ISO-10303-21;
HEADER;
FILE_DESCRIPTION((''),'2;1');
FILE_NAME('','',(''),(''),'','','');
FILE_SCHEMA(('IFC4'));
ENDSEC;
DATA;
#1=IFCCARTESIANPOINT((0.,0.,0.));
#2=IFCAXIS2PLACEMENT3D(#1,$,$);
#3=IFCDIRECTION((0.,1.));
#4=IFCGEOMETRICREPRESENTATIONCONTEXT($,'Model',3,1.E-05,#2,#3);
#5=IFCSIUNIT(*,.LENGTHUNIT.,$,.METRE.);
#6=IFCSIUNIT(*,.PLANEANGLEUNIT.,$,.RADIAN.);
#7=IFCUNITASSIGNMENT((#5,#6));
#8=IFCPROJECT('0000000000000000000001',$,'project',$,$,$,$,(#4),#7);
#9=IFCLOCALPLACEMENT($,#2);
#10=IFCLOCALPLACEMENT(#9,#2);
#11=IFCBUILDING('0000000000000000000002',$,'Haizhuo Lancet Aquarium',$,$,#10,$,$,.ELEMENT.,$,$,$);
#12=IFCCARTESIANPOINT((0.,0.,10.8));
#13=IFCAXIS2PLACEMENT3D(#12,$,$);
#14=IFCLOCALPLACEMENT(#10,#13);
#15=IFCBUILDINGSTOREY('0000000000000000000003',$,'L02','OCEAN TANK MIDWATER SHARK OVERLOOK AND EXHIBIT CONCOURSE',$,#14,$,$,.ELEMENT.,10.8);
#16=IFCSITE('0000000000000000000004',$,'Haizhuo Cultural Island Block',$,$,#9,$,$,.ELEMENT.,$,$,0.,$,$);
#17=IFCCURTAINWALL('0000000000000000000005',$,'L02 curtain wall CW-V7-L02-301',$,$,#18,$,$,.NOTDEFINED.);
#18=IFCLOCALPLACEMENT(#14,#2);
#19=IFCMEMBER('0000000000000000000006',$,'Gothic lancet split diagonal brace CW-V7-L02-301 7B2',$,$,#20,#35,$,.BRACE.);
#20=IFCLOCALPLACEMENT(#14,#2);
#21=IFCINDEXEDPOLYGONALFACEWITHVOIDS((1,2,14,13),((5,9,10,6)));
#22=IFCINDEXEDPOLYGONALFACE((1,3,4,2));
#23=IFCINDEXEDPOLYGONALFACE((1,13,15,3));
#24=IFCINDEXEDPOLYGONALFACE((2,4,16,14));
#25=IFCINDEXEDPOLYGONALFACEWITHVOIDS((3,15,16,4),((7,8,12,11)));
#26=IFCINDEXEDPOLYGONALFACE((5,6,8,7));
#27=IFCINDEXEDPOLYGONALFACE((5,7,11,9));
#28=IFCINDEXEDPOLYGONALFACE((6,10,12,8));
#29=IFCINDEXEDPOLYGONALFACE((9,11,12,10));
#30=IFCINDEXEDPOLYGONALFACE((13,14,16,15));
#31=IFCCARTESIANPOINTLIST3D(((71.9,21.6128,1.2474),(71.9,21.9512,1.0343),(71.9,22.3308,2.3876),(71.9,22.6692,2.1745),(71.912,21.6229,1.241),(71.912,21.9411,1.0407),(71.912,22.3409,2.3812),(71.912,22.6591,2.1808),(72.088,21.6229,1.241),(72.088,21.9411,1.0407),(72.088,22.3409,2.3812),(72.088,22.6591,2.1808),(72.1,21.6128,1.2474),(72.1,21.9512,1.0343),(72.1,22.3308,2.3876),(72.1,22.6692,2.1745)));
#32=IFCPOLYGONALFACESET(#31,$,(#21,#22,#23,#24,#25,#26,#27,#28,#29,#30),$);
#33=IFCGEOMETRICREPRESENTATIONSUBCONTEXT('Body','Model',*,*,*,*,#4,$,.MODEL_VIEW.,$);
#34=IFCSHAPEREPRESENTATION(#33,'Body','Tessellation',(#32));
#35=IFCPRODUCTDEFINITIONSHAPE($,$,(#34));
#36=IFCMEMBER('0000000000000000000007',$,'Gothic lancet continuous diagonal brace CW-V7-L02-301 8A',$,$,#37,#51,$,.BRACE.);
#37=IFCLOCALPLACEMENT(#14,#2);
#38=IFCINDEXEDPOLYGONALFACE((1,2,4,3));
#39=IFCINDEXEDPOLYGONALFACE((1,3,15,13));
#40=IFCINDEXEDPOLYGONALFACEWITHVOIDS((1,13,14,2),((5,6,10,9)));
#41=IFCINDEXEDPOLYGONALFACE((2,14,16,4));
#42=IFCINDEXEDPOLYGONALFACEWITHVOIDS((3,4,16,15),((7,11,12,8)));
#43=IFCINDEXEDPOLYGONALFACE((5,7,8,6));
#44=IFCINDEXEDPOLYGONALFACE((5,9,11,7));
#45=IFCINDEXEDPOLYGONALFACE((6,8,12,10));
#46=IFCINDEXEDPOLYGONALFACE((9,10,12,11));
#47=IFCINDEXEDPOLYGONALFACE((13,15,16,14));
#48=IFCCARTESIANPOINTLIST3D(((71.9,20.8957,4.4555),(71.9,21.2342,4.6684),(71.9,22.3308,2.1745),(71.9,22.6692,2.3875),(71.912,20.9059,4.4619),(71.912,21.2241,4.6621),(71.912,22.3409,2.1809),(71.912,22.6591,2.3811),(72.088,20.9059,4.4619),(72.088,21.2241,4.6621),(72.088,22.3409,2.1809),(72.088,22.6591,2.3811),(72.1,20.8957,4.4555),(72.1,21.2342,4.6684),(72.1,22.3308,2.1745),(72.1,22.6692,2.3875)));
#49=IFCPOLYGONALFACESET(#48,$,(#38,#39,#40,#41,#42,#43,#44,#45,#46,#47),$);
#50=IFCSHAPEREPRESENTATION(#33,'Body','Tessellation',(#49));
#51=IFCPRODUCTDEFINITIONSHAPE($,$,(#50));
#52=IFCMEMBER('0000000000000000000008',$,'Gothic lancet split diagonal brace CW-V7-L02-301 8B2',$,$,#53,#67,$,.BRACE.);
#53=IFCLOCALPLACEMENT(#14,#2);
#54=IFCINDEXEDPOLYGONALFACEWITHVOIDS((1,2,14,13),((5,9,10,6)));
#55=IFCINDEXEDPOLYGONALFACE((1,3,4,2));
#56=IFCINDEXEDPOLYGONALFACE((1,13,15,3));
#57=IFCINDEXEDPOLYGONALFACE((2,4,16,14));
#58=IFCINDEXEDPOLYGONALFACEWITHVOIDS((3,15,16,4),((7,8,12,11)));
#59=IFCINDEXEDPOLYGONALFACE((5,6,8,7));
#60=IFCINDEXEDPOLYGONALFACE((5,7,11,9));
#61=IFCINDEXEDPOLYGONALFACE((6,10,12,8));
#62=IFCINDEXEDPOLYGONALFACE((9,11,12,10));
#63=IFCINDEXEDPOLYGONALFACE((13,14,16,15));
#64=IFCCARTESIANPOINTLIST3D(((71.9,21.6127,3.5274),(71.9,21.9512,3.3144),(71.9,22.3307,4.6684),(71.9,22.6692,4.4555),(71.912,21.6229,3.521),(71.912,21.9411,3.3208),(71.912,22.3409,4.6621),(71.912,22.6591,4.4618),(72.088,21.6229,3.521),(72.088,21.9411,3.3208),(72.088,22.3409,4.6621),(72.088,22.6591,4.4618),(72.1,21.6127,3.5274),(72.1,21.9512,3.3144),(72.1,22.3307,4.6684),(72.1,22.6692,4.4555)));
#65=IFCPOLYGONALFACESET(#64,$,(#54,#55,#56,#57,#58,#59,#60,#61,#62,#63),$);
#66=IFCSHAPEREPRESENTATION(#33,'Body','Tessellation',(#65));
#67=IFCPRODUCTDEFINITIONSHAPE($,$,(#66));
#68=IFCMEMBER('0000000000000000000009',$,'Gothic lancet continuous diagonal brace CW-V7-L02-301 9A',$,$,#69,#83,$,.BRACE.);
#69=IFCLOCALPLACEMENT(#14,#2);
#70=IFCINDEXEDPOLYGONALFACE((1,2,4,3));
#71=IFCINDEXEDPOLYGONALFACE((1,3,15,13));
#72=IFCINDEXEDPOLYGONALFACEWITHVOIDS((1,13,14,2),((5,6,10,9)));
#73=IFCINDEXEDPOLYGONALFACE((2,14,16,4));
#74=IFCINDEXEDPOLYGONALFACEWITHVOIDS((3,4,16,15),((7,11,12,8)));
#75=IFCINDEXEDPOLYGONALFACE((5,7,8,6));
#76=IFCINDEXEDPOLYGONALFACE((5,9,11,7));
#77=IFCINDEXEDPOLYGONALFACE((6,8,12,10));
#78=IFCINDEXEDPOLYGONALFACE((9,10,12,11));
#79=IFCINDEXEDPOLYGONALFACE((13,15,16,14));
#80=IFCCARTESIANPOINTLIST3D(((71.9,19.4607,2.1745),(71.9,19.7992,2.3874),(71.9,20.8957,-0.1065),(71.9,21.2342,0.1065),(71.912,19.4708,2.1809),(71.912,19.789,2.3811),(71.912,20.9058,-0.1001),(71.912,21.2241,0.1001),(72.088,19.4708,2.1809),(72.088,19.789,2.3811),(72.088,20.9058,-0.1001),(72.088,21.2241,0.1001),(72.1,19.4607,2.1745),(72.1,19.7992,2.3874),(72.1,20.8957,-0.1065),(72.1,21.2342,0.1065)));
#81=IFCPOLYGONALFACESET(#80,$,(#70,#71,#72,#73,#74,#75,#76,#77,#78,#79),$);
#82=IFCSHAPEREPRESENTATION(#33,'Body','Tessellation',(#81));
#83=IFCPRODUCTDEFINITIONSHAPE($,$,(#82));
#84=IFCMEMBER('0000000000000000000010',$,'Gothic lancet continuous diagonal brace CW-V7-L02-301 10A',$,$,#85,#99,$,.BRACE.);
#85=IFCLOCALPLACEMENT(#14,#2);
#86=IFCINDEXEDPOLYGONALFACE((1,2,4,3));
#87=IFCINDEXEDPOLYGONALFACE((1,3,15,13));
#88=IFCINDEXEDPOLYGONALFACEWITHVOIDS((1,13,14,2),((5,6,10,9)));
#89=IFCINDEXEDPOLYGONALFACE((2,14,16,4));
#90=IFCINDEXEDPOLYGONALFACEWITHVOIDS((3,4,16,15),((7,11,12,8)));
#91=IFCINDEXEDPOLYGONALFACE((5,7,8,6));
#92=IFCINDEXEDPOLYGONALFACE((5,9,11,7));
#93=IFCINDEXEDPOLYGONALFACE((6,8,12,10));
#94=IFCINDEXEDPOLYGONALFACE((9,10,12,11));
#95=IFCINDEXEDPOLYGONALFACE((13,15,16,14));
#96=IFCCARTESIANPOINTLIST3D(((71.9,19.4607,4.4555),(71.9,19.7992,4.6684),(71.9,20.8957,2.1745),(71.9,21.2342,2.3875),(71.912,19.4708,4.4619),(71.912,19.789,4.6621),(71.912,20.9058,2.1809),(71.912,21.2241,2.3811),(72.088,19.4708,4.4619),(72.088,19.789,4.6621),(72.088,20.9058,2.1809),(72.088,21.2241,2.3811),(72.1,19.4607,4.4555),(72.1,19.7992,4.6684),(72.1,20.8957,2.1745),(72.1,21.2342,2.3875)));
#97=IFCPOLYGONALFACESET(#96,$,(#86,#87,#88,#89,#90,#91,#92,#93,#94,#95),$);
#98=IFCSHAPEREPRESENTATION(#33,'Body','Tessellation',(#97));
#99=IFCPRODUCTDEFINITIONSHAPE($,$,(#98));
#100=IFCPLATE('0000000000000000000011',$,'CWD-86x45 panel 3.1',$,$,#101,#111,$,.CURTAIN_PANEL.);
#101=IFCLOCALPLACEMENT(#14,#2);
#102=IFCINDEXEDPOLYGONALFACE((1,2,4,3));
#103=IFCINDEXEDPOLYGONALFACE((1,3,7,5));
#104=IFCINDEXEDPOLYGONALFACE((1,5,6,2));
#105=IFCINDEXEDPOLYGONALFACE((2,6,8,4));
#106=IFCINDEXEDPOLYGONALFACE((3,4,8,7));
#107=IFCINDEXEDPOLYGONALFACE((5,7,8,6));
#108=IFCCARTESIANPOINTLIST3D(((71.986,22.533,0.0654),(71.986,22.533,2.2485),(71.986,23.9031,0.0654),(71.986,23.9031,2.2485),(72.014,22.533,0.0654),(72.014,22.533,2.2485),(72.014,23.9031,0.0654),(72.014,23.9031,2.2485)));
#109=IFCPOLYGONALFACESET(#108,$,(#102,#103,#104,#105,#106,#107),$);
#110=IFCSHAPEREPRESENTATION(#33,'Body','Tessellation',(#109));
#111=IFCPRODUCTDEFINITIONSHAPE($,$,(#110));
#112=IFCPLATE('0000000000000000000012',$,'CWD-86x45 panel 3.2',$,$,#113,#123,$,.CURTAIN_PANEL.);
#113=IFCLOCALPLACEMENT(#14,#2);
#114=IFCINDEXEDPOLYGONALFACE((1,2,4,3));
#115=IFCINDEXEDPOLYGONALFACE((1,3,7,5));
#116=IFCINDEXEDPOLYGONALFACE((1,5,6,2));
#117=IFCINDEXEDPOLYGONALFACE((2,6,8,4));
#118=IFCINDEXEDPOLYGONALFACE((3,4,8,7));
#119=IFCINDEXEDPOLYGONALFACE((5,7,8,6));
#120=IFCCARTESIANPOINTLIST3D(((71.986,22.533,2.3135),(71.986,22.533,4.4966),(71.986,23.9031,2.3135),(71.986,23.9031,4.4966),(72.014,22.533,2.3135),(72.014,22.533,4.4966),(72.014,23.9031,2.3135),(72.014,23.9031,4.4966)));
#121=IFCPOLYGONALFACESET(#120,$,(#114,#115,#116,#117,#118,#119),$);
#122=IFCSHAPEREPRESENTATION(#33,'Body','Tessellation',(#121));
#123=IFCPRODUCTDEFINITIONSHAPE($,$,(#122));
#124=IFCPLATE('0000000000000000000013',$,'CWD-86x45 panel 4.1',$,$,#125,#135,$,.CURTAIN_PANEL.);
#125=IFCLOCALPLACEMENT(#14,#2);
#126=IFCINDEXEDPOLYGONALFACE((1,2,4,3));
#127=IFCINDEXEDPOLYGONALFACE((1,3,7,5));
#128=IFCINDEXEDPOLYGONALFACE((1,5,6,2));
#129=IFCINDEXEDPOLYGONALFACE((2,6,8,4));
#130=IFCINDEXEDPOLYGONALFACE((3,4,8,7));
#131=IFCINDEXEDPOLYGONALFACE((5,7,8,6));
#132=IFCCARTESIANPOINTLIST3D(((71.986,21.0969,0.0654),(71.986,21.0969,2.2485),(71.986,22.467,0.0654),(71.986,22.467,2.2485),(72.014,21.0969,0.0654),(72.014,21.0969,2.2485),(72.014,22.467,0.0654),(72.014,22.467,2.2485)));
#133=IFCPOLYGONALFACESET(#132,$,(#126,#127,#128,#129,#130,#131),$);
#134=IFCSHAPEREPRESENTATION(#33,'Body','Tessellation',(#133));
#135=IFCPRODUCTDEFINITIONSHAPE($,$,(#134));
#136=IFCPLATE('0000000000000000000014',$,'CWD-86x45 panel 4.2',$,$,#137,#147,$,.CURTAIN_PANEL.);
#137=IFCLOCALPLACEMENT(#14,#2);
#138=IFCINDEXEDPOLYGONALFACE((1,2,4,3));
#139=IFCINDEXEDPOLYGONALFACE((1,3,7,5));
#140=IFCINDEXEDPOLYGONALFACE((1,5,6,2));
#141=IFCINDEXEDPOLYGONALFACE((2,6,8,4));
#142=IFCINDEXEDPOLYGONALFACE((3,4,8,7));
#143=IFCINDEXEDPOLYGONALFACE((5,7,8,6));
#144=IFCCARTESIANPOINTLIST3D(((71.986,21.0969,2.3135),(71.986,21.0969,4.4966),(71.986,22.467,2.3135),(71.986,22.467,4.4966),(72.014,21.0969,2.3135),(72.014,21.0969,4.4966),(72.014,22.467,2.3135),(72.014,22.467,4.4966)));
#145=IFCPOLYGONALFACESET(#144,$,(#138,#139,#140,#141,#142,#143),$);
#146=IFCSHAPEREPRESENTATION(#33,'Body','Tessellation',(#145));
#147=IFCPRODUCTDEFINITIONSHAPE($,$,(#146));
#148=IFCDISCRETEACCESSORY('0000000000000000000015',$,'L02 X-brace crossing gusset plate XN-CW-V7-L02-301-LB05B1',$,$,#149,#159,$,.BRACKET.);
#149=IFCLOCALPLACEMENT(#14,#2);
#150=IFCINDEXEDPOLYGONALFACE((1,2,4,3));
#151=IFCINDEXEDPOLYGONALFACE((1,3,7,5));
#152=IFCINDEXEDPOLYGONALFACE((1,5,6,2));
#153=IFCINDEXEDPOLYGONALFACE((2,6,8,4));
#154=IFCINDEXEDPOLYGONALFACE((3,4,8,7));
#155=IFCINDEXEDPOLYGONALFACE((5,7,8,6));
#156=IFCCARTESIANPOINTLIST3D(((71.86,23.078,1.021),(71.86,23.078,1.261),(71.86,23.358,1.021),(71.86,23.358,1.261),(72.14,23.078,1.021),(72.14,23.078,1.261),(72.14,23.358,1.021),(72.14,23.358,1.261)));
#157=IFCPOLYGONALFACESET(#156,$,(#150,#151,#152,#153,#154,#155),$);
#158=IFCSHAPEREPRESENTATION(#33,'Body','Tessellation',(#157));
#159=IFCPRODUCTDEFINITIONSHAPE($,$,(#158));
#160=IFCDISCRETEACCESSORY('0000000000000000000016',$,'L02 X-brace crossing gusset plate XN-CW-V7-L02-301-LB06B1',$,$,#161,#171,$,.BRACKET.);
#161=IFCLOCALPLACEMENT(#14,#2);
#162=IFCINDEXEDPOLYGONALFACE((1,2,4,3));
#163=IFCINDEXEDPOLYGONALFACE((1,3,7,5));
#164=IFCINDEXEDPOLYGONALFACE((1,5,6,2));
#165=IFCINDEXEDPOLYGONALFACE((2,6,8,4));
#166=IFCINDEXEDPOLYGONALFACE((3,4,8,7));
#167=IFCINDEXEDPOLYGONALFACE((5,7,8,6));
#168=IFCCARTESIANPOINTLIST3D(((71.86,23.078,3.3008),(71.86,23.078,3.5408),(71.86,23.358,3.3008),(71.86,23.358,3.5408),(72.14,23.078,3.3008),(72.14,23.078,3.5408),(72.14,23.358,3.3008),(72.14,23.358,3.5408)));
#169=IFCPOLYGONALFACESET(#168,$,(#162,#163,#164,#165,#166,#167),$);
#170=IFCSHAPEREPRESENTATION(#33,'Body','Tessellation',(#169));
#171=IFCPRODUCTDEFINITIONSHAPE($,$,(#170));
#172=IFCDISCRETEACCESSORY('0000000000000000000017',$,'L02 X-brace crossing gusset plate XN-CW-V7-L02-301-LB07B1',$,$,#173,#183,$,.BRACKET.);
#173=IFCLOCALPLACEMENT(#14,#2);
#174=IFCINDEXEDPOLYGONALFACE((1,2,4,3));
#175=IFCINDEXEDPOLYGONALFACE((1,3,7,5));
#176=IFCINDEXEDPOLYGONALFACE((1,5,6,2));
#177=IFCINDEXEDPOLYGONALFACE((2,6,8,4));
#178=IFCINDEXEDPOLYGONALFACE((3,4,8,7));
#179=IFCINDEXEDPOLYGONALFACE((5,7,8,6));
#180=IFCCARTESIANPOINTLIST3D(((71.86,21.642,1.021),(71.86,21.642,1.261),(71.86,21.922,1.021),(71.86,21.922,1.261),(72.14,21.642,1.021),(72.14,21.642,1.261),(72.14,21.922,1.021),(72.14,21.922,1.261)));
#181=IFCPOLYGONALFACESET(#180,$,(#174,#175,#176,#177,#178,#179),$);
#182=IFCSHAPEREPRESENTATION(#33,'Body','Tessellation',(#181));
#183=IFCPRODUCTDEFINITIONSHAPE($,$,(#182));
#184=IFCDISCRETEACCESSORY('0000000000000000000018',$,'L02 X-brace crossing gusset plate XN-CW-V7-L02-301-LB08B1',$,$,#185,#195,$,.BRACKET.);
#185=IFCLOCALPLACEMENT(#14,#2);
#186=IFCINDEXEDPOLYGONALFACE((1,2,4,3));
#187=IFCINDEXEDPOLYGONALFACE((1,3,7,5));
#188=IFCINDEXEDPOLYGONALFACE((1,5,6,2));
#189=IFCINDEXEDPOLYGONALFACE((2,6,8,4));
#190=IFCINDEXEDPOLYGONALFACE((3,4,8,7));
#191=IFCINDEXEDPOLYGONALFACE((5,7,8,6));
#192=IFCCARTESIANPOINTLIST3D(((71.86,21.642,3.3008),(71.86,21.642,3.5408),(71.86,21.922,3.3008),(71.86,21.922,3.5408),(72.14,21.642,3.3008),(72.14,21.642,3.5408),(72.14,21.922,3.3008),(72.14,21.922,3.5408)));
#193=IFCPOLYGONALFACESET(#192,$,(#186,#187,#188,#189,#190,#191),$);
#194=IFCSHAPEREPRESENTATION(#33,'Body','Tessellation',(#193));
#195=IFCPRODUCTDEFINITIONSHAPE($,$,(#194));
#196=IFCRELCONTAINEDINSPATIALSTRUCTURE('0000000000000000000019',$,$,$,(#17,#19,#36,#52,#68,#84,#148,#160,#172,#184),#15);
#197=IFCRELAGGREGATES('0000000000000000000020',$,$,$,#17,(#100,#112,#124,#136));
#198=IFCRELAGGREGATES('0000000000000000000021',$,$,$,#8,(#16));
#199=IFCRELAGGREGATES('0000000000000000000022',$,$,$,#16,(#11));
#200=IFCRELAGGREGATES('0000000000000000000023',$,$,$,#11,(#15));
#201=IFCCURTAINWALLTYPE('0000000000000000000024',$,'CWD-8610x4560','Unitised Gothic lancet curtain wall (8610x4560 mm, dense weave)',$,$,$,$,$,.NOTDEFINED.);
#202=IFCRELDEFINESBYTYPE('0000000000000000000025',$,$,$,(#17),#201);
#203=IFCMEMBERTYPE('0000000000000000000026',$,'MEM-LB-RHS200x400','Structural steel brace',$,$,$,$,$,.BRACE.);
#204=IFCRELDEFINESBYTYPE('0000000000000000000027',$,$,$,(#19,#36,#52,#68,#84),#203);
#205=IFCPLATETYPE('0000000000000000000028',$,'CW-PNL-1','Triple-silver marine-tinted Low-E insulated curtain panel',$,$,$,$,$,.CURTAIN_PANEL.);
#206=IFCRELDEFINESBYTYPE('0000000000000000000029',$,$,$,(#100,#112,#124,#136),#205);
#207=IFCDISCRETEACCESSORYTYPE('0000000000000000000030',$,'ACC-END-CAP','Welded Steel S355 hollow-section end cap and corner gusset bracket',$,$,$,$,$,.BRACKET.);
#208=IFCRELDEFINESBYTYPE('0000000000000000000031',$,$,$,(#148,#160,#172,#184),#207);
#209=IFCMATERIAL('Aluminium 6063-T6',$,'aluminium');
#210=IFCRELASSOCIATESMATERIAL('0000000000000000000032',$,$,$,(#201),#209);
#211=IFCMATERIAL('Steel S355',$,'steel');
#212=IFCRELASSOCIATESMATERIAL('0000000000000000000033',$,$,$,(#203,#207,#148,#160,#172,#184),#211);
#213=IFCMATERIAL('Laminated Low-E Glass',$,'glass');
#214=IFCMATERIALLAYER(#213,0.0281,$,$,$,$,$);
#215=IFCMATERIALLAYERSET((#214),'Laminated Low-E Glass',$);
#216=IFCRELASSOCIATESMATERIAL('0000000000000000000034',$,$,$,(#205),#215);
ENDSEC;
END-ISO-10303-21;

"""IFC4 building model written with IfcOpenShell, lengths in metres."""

from ifc_helpers import new_model, si_unit, direction, frame, origin, origin_2d, place, context, subcontext, project, spatial, rectangle, hollow_rectangle, extrude, material, layer, layer_set, material_profile, profile_set, type_object, element, aggregate, save


model = new_model("IFC4")

# Units and contexts
model_context = context("Model", 3, precision=1e-05, world=origin(), true_north=direction((0.0, 1.0)))
body_context = subcontext(model_context, "Body", "Model", "MODEL_VIEW")
ifc_project = project(units=[si_unit("LENGTHUNIT", "METRE"), si_unit("PLANEANGLEUNIT", "RADIAN")], contexts=[model_context])

# Site, building, storey
site_placement = place(None, origin())
site = spatial("IfcSite", under=ifc_project, at=site_placement, Name="Haizhuo Cultural Island Block", CompositionType="ELEMENT", RefElevation=0.0)
building_placement = place(site_placement, origin())
building = spatial("IfcBuilding", under=site, at=building_placement, Name="Haizhuo Lancet Aquarium", CompositionType="ELEMENT")
storey_placement = place(building_placement, frame((0.0, 0.0, 10.8)))
storey = spatial("IfcBuildingStorey", under=building, at=storey_placement, Name="L02", Description="OCEAN TANK MIDWATER SHARK OVERLOOK AND EXHIBIT CONCOURSE", CompositionType="ELEMENT", Elevation=10.8)

# Curtain wall
ifc_material_1 = material(Name="Aluminium 6063-T6", Category="aluminium")
curtain_wall_type = type_object("IfcCurtainWallType", Name="CWD-8610x4560", Description="Unitised Gothic lancet curtain wall (8610x4560 mm, dense weave)", PredefinedType="NOTDEFINED", material=ifc_material_1)
curtain_wall_placement = place(storey_placement, origin())
curtain_wall = element("IfcCurtainWall", 1, at=curtain_wall_placement, inside=storey, type_object=curtain_wall_type, Name="L02 curtain wall CW-V7-L02-301", PredefinedType="NOTDEFINED")

# Members
ifc_material_2 = material(Name="Steel S355", Category="steel")
ifc_material_profile_1 = material_profile(ifc_material_2, hollow_rectangle(XDim=0.2, YDim=0.3999, WallThickness=0.012, at=origin_2d()), Name="RHS 200x400x12")
ifc_profile_set_1 = profile_set([ifc_material_profile_1], Name="Steel S355")
member_type_1 = type_object("IfcMemberType", Name="MEM-LB-RHS200x400", Description="Structural steel brace", PredefinedType="BRACE", material=ifc_profile_set_1)
member_1_placement = place(storey_placement, frame((72.0, 21.782, 1.1409), z_axis=(0.0, 0.532895, 0.846181), x_axis=(-1.0, 0.0, 0.0)))
element("IfcMember", 2, at=member_1_placement, inside=storey, type_object=member_type_1, Name="Gothic lancet split diagonal brace CW-V7-L02-301 7B2", PredefinedType="BRACE", context=body_context, shape_type="SweptSolid", body=[
    extrude(hollow_rectangle(XDim=0.2, YDim=0.3999, WallThickness=0.012, at=origin_2d()), origin(), (0.0, 0.0, 1.0), 1.3474),
])
member_2_placement = place(storey_placement, frame((72.0, 22.5, 2.281), z_axis=(0.0, -0.532513, 0.846422), x_axis=(1.0, 0.0, 0.0)))
element("IfcMember", 3, at=member_2_placement, inside=storey, type_object=member_type_1, Name="Gothic lancet continuous diagonal brace CW-V7-L02-301 8A", PredefinedType="BRACE", context=body_context, shape_type="SweptSolid", body=[
    extrude(hollow_rectangle(XDim=0.2, YDim=0.3999, WallThickness=0.012, at=origin_2d()), origin(), (0.0, 0.0, 1.0), 2.6948),
])
member_3_placement = place(storey_placement, frame((72.0, 21.782, 3.4209), z_axis=(0.0, 0.532568, 0.846387), x_axis=(-1.0, 0.0, 0.0)))
element("IfcMember", 4, at=member_3_placement, inside=storey, type_object=member_type_1, Name="Gothic lancet split diagonal brace CW-V7-L02-301 8B2", PredefinedType="BRACE", context=body_context, shape_type="SweptSolid", body=[
    extrude(hollow_rectangle(XDim=0.2, YDim=0.3999, WallThickness=0.012, at=origin_2d()), origin(), (0.0, 0.0, 1.0), 1.3481),
])
for number, where, z_axis, x_axis, name in (
    (5, (72.0, 21.0649, 0.0), (0.0, -0.532513, 0.846422), (1.0, 0.0, 0.0), "Gothic lancet continuous diagonal brace CW-V7-L02-301 9A"),
    (6, (72.0, 21.0649, 2.281), (0.0, -0.532513, 0.846422), (1.0, 0.0, 0.0), "Gothic lancet continuous diagonal brace CW-V7-L02-301 10A"),
):
    element("IfcMember", number, at=place(storey_placement, frame(where, z_axis=z_axis, x_axis=x_axis)), inside=storey, type_object=member_type_1, Name=name, PredefinedType="BRACE", context=body_context, shape_type="SweptSolid", body=[
        extrude(hollow_rectangle(XDim=0.2, YDim=0.3999, WallThickness=0.012, at=origin_2d()), origin(), (0.0, 0.0, 1.0), 2.6948),
    ])

# Plates
ifc_material_3 = material(Name="Laminated Low-E Glass", Category="glass")
ifc_layer = layer(ifc_material_3, 0.0281)
ifc_layer_set = layer_set([ifc_layer], Name="Laminated Low-E Glass")
plate_type = type_object("IfcPlateType", Name="CW-PNL-1", Description="Triple-silver marine-tinted Low-E insulated curtain panel", PredefinedType="CURTAIN_PANEL", material=ifc_layer_set)
plate_1_placement = place(storey_placement, frame((72.0, 23.218, 0.0654), z_axis=(0.0, 0.0, 1.0), x_axis=(0.0, -1.0, 0.0)))
plate_1 = element("IfcPlate", 7, at=plate_1_placement, type_object=plate_type, Name="CWD-86x45 panel 3.1", PredefinedType="CURTAIN_PANEL", context=body_context, shape_type="SweptSolid", body=[
    extrude(rectangle(XDim=1.3701, YDim=0.0281, at=origin_2d()), origin(), (0.0, 0.0, 1.0), 2.1831),
])
plate_2_placement = place(storey_placement, frame((72.0, 23.218, 2.3135), z_axis=(0.0, 0.0, 1.0), x_axis=(0.0, -1.0, 0.0)))
plate_2 = element("IfcPlate", 8, at=plate_2_placement, type_object=plate_type, Name="CWD-86x45 panel 3.2", PredefinedType="CURTAIN_PANEL", context=body_context, shape_type="SweptSolid", body=[
    extrude(rectangle(XDim=1.3701, YDim=0.0281, at=origin_2d()), origin(), (0.0, 0.0, 1.0), 2.1831),
])
plate_3_placement = place(storey_placement, frame((72.0, 21.782, 0.0654), z_axis=(0.0, 0.0, 1.0), x_axis=(0.0, -1.0, 0.0)))
plate_3 = element("IfcPlate", 9, at=plate_3_placement, type_object=plate_type, Name="CWD-86x45 panel 4.1", PredefinedType="CURTAIN_PANEL", context=body_context, shape_type="SweptSolid", body=[
    extrude(rectangle(XDim=1.3701, YDim=0.0281, at=origin_2d()), origin(), (0.0, 0.0, 1.0), 2.1831),
])
plate_4_placement = place(storey_placement, frame((72.0, 21.782, 2.3135), z_axis=(0.0, 0.0, 1.0), x_axis=(0.0, -1.0, 0.0)))
plate_4 = element("IfcPlate", 10, at=plate_4_placement, type_object=plate_type, Name="CWD-86x45 panel 4.2", PredefinedType="CURTAIN_PANEL", context=body_context, shape_type="SweptSolid", body=[
    extrude(rectangle(XDim=1.3701, YDim=0.0281, at=origin_2d()), origin(), (0.0, 0.0, 1.0), 2.1831),
])
aggregate(curtain_wall, [plate_1, plate_2, plate_3, plate_4])

# Discrete accessories
discrete_accessory_type = type_object("IfcDiscreteAccessoryType", Name="ACC-END-CAP", Description="Welded Steel S355 hollow-section end cap and corner gusset bracket", PredefinedType="BRACKET", material=ifc_material_2)
for number, where, z_axis, x_axis, name in (
    (11, (72.0, 23.218, 1.021), (0.0, 0.0, 1.0), (1.0, 0.0, 0.0), "L02 X-brace crossing gusset plate XN-CW-V7-L02-301-LB05B1"),
    (12, (72.0, 23.218, 3.3008), (0.0, 0.0, 1.0), (1.0, 0.0, 0.0), "L02 X-brace crossing gusset plate XN-CW-V7-L02-301-LB06B1"),
    (13, (72.0, 21.782, 1.021), (0.0, 0.0, 1.0), (1.0, 0.0, 0.0), "L02 X-brace crossing gusset plate XN-CW-V7-L02-301-LB07B1"),
    (14, (72.0, 21.782, 3.3008), (0.0, 0.0, 1.0), (1.0, 0.0, 0.0), "L02 X-brace crossing gusset plate XN-CW-V7-L02-301-LB08B1"),
):
    element("IfcDiscreteAccessory", number, at=place(storey_placement, frame(where, z_axis=z_axis, x_axis=x_axis)), inside=storey, type_object=discrete_accessory_type, material=ifc_material_2, Name=name, PredefinedType="BRACKET", context=body_context, shape_type="SweptSolid", body=[
        extrude(rectangle(XDim=0.28, YDim=0.28, at=origin_2d()), origin(), (0.0, 0.0, 1.0), 0.24),
    ])

save(model, "model.ifc")
